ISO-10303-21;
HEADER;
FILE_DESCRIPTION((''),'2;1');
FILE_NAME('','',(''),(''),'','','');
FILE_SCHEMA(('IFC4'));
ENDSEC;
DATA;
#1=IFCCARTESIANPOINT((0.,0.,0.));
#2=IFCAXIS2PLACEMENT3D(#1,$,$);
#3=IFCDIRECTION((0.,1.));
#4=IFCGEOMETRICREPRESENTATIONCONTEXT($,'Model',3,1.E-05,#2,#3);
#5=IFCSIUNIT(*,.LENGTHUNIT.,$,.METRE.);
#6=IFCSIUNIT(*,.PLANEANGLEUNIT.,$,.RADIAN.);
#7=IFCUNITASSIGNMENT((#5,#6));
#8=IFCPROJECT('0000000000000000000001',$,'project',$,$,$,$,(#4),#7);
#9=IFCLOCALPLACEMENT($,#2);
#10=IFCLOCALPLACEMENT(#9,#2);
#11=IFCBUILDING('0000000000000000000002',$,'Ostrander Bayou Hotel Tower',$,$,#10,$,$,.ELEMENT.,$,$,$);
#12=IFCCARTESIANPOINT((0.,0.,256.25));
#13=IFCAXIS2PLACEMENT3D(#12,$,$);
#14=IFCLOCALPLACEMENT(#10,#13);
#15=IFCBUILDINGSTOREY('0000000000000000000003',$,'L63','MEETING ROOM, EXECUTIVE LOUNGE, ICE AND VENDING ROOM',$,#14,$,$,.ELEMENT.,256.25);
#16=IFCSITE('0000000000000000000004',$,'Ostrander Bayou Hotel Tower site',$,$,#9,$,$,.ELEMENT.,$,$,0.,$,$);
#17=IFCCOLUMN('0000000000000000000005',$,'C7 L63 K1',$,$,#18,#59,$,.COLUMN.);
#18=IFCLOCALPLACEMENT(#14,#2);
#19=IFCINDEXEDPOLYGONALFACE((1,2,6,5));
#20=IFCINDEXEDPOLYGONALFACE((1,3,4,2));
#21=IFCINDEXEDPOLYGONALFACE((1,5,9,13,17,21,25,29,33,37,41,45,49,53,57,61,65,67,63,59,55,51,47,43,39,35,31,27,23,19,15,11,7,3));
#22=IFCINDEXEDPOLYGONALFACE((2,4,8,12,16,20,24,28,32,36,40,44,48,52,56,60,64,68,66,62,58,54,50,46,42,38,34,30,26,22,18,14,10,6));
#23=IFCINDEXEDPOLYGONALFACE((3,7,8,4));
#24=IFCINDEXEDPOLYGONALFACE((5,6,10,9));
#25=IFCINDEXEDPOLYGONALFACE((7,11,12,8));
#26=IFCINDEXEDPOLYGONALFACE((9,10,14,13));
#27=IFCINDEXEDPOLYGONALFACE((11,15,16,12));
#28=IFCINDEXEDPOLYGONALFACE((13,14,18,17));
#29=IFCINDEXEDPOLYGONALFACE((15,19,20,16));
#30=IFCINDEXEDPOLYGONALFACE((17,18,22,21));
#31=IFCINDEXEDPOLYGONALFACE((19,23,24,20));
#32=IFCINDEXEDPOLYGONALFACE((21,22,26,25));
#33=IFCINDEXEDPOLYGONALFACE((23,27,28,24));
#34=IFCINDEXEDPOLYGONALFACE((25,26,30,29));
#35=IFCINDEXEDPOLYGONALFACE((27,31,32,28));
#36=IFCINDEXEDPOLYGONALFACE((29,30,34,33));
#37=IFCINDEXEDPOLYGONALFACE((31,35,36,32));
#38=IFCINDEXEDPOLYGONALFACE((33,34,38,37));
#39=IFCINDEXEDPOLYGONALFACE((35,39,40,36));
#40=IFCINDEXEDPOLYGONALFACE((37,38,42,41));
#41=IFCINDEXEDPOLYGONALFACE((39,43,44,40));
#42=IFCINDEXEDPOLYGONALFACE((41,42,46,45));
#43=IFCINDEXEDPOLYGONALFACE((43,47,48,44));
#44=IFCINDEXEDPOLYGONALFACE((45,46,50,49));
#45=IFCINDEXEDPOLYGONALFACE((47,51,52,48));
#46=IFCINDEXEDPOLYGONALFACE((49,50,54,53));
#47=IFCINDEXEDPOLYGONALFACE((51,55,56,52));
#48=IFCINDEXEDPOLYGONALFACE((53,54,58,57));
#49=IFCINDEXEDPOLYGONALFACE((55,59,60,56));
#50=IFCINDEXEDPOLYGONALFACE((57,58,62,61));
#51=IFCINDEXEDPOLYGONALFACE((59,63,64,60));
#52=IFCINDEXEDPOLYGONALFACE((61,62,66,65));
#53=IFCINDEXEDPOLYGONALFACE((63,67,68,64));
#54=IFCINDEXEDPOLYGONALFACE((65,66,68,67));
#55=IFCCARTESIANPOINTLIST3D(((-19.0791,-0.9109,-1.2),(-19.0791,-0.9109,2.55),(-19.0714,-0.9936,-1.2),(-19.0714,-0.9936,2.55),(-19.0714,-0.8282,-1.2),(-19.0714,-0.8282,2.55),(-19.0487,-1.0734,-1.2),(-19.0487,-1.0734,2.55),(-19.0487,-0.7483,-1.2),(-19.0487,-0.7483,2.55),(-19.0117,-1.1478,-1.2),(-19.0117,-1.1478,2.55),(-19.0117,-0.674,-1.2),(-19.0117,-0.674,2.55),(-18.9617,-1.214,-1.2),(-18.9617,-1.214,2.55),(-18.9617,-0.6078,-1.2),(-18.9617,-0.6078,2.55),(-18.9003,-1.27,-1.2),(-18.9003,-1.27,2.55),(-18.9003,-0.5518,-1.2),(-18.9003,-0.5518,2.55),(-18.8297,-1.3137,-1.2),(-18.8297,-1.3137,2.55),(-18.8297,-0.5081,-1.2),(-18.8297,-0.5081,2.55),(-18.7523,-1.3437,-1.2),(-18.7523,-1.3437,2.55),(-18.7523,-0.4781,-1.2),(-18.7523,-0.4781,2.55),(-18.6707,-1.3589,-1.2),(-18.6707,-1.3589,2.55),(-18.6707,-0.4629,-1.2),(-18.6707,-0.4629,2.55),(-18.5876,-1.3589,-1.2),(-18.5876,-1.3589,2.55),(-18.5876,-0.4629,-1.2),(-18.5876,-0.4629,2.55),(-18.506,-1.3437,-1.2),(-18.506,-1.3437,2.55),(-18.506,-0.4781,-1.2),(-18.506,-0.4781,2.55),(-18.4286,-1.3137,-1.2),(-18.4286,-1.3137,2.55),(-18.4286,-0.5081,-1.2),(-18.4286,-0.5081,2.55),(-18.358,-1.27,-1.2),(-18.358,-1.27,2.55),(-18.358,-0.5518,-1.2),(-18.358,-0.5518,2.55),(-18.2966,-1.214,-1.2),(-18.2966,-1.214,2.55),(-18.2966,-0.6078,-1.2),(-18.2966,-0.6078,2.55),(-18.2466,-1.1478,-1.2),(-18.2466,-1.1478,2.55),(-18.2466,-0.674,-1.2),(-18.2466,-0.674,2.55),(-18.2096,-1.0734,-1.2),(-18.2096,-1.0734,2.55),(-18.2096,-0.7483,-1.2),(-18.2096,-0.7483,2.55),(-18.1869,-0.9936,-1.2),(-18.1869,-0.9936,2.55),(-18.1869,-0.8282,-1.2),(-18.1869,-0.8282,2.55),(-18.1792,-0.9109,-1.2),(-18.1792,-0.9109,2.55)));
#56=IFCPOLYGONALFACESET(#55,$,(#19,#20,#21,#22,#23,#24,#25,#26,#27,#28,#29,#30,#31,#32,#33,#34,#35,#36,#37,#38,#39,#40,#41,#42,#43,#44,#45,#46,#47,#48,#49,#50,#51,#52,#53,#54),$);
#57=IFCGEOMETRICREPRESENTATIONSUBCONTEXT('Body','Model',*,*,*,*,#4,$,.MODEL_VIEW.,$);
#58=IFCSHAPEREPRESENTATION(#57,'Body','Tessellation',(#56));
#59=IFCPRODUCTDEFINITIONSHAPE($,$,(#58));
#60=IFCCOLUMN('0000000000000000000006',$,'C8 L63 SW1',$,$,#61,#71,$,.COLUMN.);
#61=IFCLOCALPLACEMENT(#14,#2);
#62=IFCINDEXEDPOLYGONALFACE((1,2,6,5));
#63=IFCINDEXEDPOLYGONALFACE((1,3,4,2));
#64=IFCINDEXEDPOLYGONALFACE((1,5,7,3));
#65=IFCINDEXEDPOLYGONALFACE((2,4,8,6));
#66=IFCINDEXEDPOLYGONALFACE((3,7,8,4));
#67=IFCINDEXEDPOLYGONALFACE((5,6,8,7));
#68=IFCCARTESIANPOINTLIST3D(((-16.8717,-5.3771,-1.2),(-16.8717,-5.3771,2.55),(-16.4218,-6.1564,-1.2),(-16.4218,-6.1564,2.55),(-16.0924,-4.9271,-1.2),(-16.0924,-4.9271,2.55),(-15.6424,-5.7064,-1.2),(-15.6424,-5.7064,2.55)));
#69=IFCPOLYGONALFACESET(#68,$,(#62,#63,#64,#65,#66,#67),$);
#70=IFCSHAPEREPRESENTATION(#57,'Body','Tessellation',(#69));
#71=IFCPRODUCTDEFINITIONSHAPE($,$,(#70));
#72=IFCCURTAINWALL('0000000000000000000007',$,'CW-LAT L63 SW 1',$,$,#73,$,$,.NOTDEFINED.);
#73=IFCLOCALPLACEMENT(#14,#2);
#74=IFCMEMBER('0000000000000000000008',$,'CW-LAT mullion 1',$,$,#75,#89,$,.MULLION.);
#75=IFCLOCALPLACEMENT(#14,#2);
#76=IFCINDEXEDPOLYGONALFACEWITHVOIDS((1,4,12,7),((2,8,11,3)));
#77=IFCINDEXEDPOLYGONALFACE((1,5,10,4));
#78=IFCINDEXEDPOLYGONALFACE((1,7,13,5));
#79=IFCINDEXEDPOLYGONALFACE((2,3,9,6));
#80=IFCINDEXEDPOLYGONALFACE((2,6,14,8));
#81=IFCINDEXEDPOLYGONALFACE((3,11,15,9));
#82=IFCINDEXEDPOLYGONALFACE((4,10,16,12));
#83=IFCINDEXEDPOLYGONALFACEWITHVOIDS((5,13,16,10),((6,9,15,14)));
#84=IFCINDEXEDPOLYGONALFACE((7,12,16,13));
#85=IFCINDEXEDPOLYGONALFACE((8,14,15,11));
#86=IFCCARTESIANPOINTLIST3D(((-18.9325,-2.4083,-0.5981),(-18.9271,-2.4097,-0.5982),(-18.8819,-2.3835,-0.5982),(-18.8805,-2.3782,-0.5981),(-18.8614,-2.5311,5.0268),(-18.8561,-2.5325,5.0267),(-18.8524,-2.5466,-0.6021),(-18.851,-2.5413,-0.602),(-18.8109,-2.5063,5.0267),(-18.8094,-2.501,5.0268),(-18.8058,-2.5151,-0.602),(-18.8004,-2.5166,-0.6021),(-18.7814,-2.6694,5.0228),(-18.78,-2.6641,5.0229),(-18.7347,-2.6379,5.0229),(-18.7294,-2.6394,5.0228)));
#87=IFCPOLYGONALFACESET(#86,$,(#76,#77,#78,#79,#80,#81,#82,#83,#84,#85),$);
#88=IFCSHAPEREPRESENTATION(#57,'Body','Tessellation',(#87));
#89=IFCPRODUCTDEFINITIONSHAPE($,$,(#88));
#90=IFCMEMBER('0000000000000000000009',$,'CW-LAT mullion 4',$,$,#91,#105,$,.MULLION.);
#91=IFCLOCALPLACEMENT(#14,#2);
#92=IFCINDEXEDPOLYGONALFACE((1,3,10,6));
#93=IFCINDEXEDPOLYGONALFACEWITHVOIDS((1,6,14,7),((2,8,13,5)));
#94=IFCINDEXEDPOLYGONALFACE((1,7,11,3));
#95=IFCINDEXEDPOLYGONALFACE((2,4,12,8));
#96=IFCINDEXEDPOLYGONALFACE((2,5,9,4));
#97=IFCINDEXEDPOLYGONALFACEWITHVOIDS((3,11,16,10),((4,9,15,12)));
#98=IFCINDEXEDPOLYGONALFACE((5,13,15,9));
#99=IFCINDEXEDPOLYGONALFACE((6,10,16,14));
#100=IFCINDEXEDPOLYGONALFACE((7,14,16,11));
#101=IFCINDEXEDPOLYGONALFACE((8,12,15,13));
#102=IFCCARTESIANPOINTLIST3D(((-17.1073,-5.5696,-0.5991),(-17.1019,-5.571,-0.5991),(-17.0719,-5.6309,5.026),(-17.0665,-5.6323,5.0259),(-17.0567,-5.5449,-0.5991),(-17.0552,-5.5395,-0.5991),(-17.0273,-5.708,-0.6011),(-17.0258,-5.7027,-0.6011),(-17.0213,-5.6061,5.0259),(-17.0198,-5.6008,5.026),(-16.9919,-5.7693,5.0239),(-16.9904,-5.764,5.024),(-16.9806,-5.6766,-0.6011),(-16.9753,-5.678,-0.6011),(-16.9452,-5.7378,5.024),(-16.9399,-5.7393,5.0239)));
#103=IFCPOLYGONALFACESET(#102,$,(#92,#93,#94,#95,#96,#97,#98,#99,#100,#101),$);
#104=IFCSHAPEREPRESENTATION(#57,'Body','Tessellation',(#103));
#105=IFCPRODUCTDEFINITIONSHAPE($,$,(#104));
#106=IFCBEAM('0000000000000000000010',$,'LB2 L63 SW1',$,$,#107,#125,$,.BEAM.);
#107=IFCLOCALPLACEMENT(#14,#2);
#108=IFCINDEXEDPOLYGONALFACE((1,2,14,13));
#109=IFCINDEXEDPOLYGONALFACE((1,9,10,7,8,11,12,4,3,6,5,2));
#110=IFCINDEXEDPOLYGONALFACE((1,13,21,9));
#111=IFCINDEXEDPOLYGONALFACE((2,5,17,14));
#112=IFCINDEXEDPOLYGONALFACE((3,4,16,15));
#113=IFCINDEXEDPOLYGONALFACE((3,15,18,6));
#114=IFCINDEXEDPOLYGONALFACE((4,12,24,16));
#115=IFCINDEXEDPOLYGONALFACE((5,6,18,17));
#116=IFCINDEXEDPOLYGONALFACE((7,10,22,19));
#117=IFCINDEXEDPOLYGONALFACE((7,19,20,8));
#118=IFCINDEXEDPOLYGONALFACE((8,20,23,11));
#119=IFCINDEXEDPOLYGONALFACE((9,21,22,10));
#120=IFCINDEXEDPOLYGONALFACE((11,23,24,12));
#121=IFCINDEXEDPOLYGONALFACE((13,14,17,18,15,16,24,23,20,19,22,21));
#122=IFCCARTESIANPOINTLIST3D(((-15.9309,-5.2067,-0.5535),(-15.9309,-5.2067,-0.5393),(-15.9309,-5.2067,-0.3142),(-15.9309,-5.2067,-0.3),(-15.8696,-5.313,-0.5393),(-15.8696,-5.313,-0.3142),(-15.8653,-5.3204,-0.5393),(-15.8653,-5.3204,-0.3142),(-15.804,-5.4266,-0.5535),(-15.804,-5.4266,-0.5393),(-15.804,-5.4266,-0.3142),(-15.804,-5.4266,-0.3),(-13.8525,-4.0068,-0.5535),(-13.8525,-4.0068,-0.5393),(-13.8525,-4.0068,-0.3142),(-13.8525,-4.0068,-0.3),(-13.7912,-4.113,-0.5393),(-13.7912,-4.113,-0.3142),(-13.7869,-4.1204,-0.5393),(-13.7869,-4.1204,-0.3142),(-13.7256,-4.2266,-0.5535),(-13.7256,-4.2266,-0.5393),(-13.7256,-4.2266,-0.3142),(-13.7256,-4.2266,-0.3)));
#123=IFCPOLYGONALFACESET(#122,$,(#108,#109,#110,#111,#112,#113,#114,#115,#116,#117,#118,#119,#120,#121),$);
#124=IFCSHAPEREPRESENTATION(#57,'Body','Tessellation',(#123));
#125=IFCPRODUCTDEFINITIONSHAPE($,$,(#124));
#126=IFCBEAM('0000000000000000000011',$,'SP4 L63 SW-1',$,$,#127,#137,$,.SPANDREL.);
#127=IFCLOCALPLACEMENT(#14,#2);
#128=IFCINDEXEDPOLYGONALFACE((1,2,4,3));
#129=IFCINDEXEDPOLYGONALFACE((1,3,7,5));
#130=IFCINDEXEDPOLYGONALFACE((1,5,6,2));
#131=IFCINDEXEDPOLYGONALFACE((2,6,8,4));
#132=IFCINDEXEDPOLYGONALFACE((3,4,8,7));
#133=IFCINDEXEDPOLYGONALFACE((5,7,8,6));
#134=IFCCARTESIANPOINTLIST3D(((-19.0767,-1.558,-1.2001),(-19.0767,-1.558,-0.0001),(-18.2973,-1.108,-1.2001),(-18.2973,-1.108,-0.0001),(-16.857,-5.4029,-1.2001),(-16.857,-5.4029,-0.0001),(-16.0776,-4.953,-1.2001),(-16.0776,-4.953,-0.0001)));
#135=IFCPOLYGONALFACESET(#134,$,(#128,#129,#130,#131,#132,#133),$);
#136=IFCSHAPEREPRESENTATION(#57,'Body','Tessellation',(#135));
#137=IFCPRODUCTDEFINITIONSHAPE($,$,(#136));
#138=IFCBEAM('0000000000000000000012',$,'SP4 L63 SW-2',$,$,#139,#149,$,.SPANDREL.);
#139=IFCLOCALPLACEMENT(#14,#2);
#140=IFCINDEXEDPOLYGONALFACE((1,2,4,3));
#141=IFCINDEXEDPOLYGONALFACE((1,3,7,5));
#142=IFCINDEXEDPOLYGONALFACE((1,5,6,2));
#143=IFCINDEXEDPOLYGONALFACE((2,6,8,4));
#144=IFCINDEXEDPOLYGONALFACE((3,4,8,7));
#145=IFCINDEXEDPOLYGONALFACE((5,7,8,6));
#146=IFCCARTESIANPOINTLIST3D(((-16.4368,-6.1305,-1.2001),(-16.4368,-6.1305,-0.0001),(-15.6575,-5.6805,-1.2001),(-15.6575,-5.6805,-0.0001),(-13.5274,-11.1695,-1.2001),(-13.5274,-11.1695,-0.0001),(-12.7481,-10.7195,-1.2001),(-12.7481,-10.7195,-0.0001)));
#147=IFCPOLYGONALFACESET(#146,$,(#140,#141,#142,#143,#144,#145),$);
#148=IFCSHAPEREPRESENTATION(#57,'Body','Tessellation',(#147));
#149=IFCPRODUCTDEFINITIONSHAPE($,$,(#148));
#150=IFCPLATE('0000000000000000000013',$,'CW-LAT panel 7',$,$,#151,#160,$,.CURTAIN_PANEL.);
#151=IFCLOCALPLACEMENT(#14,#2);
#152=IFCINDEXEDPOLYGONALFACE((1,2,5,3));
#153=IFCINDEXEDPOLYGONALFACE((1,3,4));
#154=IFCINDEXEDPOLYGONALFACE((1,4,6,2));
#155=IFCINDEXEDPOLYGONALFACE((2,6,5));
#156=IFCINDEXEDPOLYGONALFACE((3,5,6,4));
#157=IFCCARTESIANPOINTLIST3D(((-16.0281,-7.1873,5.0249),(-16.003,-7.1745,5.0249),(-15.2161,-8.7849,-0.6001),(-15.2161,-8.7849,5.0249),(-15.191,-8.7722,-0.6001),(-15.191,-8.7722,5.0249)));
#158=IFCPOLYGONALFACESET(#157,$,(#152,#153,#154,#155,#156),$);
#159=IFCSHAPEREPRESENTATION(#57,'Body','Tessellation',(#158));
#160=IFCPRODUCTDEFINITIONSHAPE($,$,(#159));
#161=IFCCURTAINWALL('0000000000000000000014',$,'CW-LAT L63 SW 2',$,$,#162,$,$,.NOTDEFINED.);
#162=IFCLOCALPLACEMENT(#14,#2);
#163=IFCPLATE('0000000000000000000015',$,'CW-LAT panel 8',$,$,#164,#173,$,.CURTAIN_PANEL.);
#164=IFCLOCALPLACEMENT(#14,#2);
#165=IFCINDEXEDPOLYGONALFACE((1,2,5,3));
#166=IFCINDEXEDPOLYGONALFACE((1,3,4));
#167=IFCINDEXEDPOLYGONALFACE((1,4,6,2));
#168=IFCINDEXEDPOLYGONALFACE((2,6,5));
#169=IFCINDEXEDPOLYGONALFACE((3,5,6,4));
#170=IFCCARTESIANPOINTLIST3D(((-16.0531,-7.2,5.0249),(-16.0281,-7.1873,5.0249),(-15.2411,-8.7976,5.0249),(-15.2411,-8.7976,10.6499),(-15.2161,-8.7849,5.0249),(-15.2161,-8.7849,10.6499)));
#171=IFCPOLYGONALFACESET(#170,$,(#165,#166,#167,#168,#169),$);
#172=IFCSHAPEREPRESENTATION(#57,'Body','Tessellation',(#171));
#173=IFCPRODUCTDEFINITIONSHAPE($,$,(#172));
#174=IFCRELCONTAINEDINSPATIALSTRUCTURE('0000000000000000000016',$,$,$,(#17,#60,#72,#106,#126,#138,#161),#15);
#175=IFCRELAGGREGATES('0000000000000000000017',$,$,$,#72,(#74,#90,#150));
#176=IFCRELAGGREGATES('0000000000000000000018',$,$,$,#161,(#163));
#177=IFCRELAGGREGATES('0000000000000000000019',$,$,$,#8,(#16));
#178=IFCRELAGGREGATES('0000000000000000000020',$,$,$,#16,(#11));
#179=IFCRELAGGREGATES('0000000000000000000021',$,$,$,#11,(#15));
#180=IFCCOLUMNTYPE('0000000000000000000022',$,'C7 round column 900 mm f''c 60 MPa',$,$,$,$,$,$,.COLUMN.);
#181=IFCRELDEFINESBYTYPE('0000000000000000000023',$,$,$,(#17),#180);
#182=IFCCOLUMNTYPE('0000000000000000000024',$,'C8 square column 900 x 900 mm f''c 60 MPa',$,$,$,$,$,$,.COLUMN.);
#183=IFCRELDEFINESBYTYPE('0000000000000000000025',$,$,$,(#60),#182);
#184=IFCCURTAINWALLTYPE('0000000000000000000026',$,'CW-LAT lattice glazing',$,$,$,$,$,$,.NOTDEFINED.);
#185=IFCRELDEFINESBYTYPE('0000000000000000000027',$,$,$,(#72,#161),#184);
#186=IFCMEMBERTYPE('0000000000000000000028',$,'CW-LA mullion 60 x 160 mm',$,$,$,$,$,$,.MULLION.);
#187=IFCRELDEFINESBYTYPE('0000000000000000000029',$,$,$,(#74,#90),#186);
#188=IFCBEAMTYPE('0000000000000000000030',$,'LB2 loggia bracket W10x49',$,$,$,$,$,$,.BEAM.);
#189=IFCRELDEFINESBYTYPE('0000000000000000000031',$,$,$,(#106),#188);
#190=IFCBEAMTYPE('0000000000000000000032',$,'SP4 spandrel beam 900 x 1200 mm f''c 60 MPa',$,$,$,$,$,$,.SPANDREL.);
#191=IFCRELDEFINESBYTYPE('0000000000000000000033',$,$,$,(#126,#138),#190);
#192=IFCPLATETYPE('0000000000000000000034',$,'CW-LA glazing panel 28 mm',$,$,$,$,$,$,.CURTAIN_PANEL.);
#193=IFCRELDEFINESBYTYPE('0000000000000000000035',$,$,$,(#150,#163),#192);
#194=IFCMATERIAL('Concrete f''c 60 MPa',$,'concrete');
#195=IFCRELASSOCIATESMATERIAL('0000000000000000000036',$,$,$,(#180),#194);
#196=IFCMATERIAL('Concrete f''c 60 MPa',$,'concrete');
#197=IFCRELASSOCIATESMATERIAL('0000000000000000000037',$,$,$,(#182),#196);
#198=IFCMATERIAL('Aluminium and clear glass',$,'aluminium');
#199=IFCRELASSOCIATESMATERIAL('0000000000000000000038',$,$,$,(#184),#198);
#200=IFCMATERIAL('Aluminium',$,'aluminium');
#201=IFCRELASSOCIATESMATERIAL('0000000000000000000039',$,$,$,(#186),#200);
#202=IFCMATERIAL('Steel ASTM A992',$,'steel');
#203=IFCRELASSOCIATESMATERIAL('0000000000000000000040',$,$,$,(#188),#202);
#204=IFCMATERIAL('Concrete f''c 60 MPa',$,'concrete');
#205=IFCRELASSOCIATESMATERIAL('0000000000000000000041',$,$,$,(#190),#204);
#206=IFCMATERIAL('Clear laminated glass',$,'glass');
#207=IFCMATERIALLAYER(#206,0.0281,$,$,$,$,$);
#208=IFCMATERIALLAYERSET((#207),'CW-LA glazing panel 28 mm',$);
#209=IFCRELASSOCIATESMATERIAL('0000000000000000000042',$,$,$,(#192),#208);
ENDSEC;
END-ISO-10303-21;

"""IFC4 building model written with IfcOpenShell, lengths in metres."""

from ifc_helpers import new_model, si_unit, direction, frame, origin, origin_2d, place, context, subcontext, project, spatial, polyline, rectangle, hollow_rectangle, circle, i_section, outline, extrude, material, layer, layer_set, material_profile, profile_set, type_object, element, aggregate, save


model = new_model("IFC4")

# Units and contexts
model_context = context("Model", 3, precision=1e-05, world=origin(), true_north=direction((0.0, 1.0)))
body_context = subcontext(model_context, "Body", "Model", "MODEL_VIEW")
ifc_project = project(units=[si_unit("LENGTHUNIT", "METRE"), si_unit("PLANEANGLEUNIT", "RADIAN")], contexts=[model_context])

# Site, building, storey
site_placement = place(None, origin())
site = spatial("IfcSite", under=ifc_project, at=site_placement, Name="Ostrander Bayou Hotel Tower site", CompositionType="ELEMENT", RefElevation=0.0)
building_placement = place(site_placement, origin())
building = spatial("IfcBuilding", under=site, at=building_placement, Name="Ostrander Bayou Hotel Tower", CompositionType="ELEMENT")
storey_placement = place(building_placement, frame((0.0, 0.0, 256.25)))
storey = spatial("IfcBuildingStorey", under=building, at=storey_placement, Name="L63", Description="MEETING ROOM, EXECUTIVE LOUNGE, ICE AND VENDING ROOM", CompositionType="ELEMENT", Elevation=256.25)

# Columns
ifc_material_1 = material(Name="Concrete f'c 60 MPa", Category="concrete")
ifc_material_profile_1 = material_profile(ifc_material_1, circle(Radius=0.45, at=origin_2d()))
ifc_profile_set_1 = profile_set([ifc_material_profile_1], Name="Concrete f'c 60 MPa")
column_type_1 = type_object("IfcColumnType", Name="C7 round column 900 mm f'c 60 MPa", PredefinedType="COLUMN", material=ifc_profile_set_1)
column_1_placement = place(storey_placement, frame((-18.6292, -0.9109, -1.2), z_axis=(0.0, 0.0, 1.0), x_axis=(1.0, 0.0, 0.0)))
element("IfcColumn", 1, at=column_1_placement, inside=storey, type_object=column_type_1, Name="C7 L63 K1", PredefinedType="COLUMN", context=body_context, shape_type="SweptSolid", body=[
    extrude(circle(Radius=0.45, at=origin_2d()), origin(), (0.0, 0.0, 1.0), 3.75),
])
ifc_material_2 = material(Name="Concrete f'c 60 MPa", Category="concrete")
ifc_material_profile_2 = material_profile(ifc_material_2, rectangle(XDim=0.8999, YDim=0.8999, at=origin_2d()))
ifc_profile_set_2 = profile_set([ifc_material_profile_2], Name="Concrete f'c 60 MPa")
column_type_2 = type_object("IfcColumnType", Name="C8 square column 900 x 900 mm f'c 60 MPa", PredefinedType="COLUMN", material=ifc_profile_set_2)
column_2_placement = place(storey_placement, frame((-16.2571, -5.5417, -1.2), z_axis=(0.0, 0.0, 1.0), x_axis=(-0.5, 0.866025, 0.0)))
element("IfcColumn", 2, at=column_2_placement, inside=storey, type_object=column_type_2, Name="C8 L63 SW1", PredefinedType="COLUMN", context=body_context, shape_type="SweptSolid", body=[
    extrude(rectangle(XDim=0.8999, YDim=0.8999, at=origin_2d()), origin(), (0.0, 0.0, 1.0), 3.75),
])

# Curtain wall, members
ifc_material_3 = material(Name="Aluminium and clear glass", Category="aluminium")
curtain_wall_type = type_object("IfcCurtainWallType", Name="CW-LAT lattice glazing", PredefinedType="NOTDEFINED", material=ifc_material_3)
curtain_wall_1_placement = place(storey_placement, origin())
curtain_wall_1 = element("IfcCurtainWall", 3, at=curtain_wall_1_placement, inside=storey, type_object=curtain_wall_type, Name="CW-LAT L63 SW 1", PredefinedType="NOTDEFINED")
ifc_material_4 = material(Name="Aluminium", Category="aluminium")
ifc_material_profile_3 = material_profile(ifc_material_4, hollow_rectangle(XDim=0.0601, YDim=0.1599, WallThickness=0.0039, at=origin_2d()))
ifc_profile_set_3 = profile_set([ifc_material_profile_3], Name="Aluminium")
member_type = type_object("IfcMemberType", Name="CW-LA mullion 60 x 160 mm", PredefinedType="MULLION", material=ifc_profile_set_3)
member_1_placement = place(storey_placement, frame((-18.8665, -2.4624, -0.6001), z_axis=(0.012626, -0.021825, 0.999682), x_axis=(0.865583, 0.500765, 0.0)))
member_1 = element("IfcMember", 4, at=member_1_placement, type_object=member_type, Name="CW-LAT mullion 1", PredefinedType="MULLION", context=body_context, shape_type="SweptSolid", body=[
    extrude(hollow_rectangle(XDim=0.0601, YDim=0.1599, WallThickness=0.0039, at=origin_2d()), origin(), (0.0, 0.0, 1.0), 5.6267),
])
member_2_placement = place(storey_placement, frame((-17.0413, -5.6238, -0.6001), z_axis=(0.006293, -0.010893, 0.999921), x_axis=(0.865898, 0.50022, 0.0)))
member_2 = element("IfcMember", 5, at=member_2_placement, type_object=member_type, Name="CW-LAT mullion 4", PredefinedType="MULLION", context=body_context, shape_type="SweptSolid", body=[
    extrude(hollow_rectangle(XDim=0.0601, YDim=0.1599, WallThickness=0.0039, at=origin_2d()), origin(), (0.0, 0.0, 1.0), 5.6255),
])

# Beams
ifc_material_5 = material(Name="Steel ASTM A992", Category="steel")
ifc_material_profile_4 = material_profile(ifc_material_5, i_section(OverallWidth=0.2539, OverallDepth=0.2534, WebThickness=0.0085, FlangeThickness=0.0142, at=origin_2d()))
ifc_profile_set_4 = profile_set([ifc_material_profile_4], Name="Steel ASTM A992")
beam_type_1 = type_object("IfcBeamType", Name="LB2 loggia bracket W10x49", PredefinedType="BEAM", material=ifc_profile_set_4)
beam_1_placement = place(storey_placement, frame((-15.8674, -5.3167, -0.4268), z_axis=(0.866025, 0.500001, 0.0), x_axis=(-0.500001, 0.866025, 0.0)))
element("IfcBeam", 6, at=beam_1_placement, inside=storey, type_object=beam_type_1, Name="LB2 L63 SW1", PredefinedType="BEAM", context=body_context, shape_type="SweptSolid", body=[
    extrude(i_section(OverallWidth=0.2539, OverallDepth=0.2534, WebThickness=0.0085, FlangeThickness=0.0142, at=origin_2d()), origin(), (0.0, 0.0, 1.0), 2.3999),
])
ifc_material_6 = material(Name="Concrete f'c 60 MPa", Category="concrete")
ifc_material_profile_5 = material_profile(ifc_material_6, rectangle(XDim=0.8999, YDim=1.2, at=origin_2d()))
ifc_profile_set_5 = profile_set([ifc_material_profile_5], Name="Concrete f'c 60 MPa")
beam_type_2 = type_object("IfcBeamType", Name="SP4 spandrel beam 900 x 1200 mm f'c 60 MPa", PredefinedType="SPANDREL", material=ifc_profile_set_5)
beam_2_placement = place(storey_placement, frame((-18.687, -1.333, -0.6001), z_axis=(0.499972, -0.866042, 0.0), x_axis=(0.866042, 0.499972, 0.0)))
element("IfcBeam", 7, at=beam_2_placement, inside=storey, type_object=beam_type_2, Name="SP4 L63 SW-1", PredefinedType="SPANDREL", context=body_context, shape_type="SweptSolid", body=[
    extrude(rectangle(XDim=0.8999, YDim=1.2, at=origin_2d()), origin(), (0.0, 0.0, 1.0), 4.4397),
])
beam_3_placement = place(storey_placement, frame((-16.0471, -5.9055, -0.6001), z_axis=(0.500015, -0.866016, 0.0), x_axis=(0.866016, 0.500015, 0.0)))
element("IfcBeam", 8, at=beam_3_placement, inside=storey, type_object=beam_type_2, Name="SP4 L63 SW-2", PredefinedType="SPANDREL", context=body_context, shape_type="SweptSolid", body=[
    extrude(rectangle(XDim=0.8999, YDim=1.2, at=origin_2d()), origin(), (0.0, 0.0, 1.0), 5.8186),
])

# Plate
ifc_material_7 = material(Name="Clear laminated glass", Category="glass")
ifc_layer_1 = layer(ifc_material_7, 0.0281)
ifc_layer_set_1 = layer_set([ifc_layer_1], Name="CW-LA glazing panel 28 mm")
plate_type = type_object("IfcPlateType", Name="CW-LA glazing panel 28 mm", PredefinedType="CURTAIN_PANEL", material=ifc_layer_set_1)
plate_1_placement = place(storey_placement, frame((-16.0281, -7.1873, 5.0249), z_axis=(-0.891465, -0.453089, 0.0), x_axis=(0.137545, -0.270624, -0.952808)))
plate_1 = element("IfcPlate", 9, at=plate_1_placement, type_object=plate_type, Name="CW-LAT panel 7", PredefinedType="CURTAIN_PANEL", context=body_context, shape_type="SweptSolid", body=[
    extrude(outline(polyline([(0.0, 0.0), (5.9036, 0.0), (0.5441, 1.7076), (0.0, 0.0)])), origin(), (0.0, 0.0, -1.0), 0.0281),
])
aggregate(curtain_wall_1, [member_1, member_2, plate_1])

# Curtain wall, plate
curtain_wall_2_placement = place(storey_placement, origin())
curtain_wall_2 = element("IfcCurtainWall", 10, at=curtain_wall_2_placement, inside=storey, type_object=curtain_wall_type, Name="CW-LAT L63 SW 2", PredefinedType="NOTDEFINED")
plate_2_placement = place(storey_placement, frame((-16.0281, -7.1873, 5.0249), z_axis=(0.891465, 0.453089, 0.0), x_axis=(0.137545, -0.270624, 0.952808)))
plate_2 = element("IfcPlate", 11, at=plate_2_placement, type_object=plate_type, Name="CW-LAT panel 8", PredefinedType="CURTAIN_PANEL", context=body_context, shape_type="SweptSolid", body=[
    extrude(outline(polyline([(0.0, 0.0), (5.9036, 0.0), (0.5441, 1.7076), (0.0, 0.0)])), origin(), (0.0, 0.0, -1.0), 0.0281),
])
aggregate(curtain_wall_2, [plate_2])

save(model, "model.ifc")
